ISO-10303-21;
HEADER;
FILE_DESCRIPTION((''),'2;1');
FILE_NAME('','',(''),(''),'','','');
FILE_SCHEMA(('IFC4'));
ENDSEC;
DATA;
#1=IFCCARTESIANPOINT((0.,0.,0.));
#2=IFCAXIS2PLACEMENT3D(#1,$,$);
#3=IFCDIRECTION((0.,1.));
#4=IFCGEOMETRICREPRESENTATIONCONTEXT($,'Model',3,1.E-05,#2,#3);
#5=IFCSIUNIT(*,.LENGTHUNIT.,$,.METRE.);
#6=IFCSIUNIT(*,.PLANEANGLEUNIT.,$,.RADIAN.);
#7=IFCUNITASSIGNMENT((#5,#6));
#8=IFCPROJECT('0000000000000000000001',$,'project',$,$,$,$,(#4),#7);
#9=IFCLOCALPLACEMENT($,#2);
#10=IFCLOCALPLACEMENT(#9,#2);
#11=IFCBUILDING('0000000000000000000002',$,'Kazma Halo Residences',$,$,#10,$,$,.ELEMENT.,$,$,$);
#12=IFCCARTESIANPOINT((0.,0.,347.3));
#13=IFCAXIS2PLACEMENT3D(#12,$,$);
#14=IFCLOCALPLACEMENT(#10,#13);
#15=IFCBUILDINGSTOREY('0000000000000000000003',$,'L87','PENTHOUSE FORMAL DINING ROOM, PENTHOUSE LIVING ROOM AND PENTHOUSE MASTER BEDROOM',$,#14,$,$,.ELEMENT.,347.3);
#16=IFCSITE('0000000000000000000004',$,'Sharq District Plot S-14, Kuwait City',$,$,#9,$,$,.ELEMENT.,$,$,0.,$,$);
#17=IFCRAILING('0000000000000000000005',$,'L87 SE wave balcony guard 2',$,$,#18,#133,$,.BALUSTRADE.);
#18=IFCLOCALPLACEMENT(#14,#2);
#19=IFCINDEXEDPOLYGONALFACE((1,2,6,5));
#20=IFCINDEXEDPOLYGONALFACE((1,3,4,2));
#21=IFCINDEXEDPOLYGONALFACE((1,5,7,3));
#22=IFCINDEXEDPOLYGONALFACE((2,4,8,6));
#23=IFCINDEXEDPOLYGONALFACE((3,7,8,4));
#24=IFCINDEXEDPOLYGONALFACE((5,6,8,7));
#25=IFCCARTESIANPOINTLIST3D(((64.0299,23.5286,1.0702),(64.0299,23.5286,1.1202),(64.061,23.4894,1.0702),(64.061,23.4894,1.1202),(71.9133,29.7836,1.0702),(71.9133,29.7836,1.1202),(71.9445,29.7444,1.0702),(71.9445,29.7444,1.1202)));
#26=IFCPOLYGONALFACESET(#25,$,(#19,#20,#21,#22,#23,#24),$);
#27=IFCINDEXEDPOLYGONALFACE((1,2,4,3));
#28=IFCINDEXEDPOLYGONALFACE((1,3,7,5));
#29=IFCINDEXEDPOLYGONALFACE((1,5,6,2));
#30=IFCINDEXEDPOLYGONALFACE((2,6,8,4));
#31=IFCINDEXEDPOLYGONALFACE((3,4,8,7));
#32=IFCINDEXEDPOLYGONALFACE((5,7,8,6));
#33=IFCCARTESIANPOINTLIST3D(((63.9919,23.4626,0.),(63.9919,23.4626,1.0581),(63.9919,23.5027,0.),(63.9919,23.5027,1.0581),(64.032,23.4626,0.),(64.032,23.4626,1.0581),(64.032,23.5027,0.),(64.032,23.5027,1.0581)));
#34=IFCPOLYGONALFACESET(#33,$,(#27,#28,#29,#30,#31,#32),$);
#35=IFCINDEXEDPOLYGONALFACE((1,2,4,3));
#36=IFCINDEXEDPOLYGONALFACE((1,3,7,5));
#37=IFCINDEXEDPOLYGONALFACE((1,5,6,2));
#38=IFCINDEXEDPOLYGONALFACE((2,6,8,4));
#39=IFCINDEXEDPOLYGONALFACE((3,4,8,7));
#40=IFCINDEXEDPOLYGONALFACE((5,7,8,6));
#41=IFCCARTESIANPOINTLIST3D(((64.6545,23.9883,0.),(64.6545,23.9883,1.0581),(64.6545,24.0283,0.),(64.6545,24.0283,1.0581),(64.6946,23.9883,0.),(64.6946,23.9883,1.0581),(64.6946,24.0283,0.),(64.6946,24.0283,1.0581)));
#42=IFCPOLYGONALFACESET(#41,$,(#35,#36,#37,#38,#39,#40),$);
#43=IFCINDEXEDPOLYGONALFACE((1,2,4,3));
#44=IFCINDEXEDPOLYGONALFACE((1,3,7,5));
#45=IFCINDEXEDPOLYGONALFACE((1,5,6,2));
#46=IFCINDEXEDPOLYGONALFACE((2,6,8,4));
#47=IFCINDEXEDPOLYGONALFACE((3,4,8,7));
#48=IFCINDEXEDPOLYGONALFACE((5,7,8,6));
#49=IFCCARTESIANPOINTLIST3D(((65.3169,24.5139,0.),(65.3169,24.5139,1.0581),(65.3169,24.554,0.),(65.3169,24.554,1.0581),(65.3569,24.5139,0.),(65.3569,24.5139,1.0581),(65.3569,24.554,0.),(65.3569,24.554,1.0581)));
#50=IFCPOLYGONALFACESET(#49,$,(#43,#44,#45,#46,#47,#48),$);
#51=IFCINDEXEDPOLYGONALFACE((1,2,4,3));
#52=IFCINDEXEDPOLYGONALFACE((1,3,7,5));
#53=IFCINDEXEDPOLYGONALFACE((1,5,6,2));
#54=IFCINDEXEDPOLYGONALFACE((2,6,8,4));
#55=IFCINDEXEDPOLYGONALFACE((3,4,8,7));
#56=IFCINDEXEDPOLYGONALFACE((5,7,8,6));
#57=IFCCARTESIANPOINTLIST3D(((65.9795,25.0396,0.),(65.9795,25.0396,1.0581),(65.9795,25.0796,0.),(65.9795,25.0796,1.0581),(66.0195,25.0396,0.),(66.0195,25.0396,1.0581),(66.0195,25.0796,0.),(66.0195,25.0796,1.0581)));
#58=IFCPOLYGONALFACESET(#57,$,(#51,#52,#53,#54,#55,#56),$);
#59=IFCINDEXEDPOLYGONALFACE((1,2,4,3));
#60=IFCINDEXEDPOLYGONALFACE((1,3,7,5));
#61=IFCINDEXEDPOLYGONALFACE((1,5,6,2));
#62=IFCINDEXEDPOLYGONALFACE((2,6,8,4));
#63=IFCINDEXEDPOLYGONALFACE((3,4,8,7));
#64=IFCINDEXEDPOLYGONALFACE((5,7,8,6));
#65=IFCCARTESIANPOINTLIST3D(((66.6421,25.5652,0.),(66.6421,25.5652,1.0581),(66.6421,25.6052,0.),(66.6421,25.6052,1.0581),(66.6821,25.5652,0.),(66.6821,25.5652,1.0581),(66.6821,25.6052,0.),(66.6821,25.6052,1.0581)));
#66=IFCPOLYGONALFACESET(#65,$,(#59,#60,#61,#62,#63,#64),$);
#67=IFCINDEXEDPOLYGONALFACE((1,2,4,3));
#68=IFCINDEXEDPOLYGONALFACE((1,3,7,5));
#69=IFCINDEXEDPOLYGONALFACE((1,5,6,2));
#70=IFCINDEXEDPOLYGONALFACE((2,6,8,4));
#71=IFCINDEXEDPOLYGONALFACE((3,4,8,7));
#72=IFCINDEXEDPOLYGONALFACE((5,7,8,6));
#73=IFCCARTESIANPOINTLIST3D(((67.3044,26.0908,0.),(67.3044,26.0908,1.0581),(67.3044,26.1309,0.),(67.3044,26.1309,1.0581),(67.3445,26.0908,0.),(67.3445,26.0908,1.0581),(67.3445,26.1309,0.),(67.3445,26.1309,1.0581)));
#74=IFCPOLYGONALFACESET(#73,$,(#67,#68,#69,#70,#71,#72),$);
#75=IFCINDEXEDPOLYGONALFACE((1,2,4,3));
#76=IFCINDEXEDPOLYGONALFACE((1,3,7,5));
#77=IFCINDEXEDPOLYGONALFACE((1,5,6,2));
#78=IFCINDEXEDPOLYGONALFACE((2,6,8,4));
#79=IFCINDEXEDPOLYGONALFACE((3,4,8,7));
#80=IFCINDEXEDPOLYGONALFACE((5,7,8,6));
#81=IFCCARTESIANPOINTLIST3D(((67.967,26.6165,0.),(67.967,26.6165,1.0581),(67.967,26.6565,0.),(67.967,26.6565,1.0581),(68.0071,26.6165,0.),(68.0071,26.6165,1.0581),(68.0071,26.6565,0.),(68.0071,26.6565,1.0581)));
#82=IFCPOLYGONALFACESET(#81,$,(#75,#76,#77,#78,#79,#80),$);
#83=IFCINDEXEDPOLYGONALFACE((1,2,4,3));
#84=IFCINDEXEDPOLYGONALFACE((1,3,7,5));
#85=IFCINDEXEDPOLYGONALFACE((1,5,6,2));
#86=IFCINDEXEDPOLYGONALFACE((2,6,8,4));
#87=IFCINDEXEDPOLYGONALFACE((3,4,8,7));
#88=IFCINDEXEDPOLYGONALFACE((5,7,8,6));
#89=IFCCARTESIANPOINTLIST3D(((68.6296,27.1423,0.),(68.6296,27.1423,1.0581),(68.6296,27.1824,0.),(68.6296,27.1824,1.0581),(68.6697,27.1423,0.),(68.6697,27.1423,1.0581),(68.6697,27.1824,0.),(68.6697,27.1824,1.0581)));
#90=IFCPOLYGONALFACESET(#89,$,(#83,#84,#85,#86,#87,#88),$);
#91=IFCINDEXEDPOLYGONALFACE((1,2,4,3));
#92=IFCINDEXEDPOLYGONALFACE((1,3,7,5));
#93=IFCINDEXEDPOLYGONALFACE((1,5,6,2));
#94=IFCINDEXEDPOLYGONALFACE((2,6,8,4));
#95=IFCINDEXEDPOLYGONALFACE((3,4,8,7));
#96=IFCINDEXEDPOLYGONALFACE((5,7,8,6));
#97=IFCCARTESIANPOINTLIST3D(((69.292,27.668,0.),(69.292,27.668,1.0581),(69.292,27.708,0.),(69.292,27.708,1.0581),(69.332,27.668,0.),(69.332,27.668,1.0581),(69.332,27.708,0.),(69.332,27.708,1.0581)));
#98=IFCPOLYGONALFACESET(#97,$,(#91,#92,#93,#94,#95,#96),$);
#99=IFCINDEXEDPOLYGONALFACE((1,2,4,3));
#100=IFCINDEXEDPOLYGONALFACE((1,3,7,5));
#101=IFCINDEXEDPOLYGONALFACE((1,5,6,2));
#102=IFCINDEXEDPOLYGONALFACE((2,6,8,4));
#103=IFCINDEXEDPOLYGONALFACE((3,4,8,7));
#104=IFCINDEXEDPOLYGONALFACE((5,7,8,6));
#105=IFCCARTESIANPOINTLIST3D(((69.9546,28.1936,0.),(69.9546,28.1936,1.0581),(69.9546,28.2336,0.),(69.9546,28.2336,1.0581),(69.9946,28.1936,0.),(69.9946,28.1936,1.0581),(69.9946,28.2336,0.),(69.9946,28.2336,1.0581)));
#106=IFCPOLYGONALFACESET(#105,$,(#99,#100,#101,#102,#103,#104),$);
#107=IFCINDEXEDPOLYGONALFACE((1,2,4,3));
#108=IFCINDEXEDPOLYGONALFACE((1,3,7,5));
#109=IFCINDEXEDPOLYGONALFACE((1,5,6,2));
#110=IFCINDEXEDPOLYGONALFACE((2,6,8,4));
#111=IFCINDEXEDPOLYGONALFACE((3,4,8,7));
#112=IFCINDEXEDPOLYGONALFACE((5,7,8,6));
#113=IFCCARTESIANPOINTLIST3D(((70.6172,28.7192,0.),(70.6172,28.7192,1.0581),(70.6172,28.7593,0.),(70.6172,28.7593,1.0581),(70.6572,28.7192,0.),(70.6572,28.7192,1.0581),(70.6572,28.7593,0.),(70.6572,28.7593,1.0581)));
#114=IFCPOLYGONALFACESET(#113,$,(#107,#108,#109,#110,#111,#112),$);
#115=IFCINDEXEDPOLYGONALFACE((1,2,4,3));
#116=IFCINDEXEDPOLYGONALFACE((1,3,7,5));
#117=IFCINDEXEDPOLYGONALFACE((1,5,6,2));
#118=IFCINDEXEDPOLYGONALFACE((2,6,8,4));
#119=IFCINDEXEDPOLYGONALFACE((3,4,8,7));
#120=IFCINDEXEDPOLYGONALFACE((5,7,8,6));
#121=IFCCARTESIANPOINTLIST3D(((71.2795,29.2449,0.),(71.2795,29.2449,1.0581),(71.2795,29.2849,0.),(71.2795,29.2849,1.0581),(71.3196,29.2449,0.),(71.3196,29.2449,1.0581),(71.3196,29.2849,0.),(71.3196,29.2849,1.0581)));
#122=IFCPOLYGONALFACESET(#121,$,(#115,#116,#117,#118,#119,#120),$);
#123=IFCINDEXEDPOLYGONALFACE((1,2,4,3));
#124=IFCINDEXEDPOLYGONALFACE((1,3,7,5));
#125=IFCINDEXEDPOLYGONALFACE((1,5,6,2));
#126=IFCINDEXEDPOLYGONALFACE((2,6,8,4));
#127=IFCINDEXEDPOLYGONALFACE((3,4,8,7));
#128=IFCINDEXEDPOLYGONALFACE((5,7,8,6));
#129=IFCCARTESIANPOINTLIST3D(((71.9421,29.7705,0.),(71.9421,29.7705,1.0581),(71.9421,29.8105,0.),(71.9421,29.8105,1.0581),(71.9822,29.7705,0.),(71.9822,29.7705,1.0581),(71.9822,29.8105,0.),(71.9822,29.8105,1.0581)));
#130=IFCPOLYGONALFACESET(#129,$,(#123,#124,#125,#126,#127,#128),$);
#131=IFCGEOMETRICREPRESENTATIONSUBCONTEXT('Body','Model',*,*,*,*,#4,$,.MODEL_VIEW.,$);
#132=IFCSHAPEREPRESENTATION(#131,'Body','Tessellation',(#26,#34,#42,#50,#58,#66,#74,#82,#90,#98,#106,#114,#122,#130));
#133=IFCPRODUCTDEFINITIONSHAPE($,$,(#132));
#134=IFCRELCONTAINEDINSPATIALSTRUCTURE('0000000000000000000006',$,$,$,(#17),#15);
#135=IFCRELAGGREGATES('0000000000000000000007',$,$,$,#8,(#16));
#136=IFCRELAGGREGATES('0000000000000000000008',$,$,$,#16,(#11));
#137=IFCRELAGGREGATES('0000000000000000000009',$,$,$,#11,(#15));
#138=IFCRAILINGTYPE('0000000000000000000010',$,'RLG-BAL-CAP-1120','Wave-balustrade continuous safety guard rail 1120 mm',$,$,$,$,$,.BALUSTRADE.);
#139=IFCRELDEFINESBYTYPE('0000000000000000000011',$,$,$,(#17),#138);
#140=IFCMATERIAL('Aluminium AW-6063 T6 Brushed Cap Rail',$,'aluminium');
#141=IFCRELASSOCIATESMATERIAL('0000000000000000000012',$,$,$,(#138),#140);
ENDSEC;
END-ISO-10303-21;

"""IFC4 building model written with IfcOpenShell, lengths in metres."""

from ifc_helpers import new_model, si_unit, direction, frame, origin, origin_2d, place, context, subcontext, project, spatial, rectangle, extrude, material, type_object, element, save


model = new_model("IFC4")

# Units and contexts
model_context = context("Model", 3, precision=1e-05, world=origin(), true_north=direction((0.0, 1.0)))
body_context = subcontext(model_context, "Body", "Model", "MODEL_VIEW")
ifc_project = project(units=[si_unit("LENGTHUNIT", "METRE"), si_unit("PLANEANGLEUNIT", "RADIAN")], contexts=[model_context])

# Site, building, storey
site_placement = place(None, origin())
site = spatial("IfcSite", under=ifc_project, at=site_placement, Name="Sharq District Plot S-14, Kuwait City", CompositionType="ELEMENT", RefElevation=0.0)
building_placement = place(site_placement, origin())
building = spatial("IfcBuilding", under=site, at=building_placement, Name="Kazma Halo Residences", CompositionType="ELEMENT")
storey_placement = place(building_placement, frame((0.0, 0.0, 347.3)))
storey = spatial("IfcBuildingStorey", under=building, at=storey_placement, Name="L87", Description="PENTHOUSE FORMAL DINING ROOM, PENTHOUSE LIVING ROOM AND PENTHOUSE MASTER BEDROOM", CompositionType="ELEMENT", Elevation=347.3)

# Railing
ifc_material_1 = material(Name="Aluminium AW-6063 T6 Brushed Cap Rail", Category="aluminium")
railing_type = type_object("IfcRailingType", Name="RLG-BAL-CAP-1120", Description="Wave-balustrade continuous safety guard rail 1120 mm", PredefinedType="BALUSTRADE", material=ifc_material_1)
railing_1_placement = place(storey_placement, frame((64.012, 23.4827, 0.0)))
element("IfcRailing", 1, at=railing_1_placement, inside=storey, type_object=railing_type, Name="L87 SE wave balcony guard 2", PredefinedType="BALUSTRADE", context=body_context, shape_type="SweptSolid", body=[
    extrude(rectangle(XDim=0.05, YDim=0.05, at=origin_2d()), frame((0.0334, 0.0264, 1.0952), z_axis=(0.783376, 0.621548, 0.0), x_axis=(-0.621548, 0.783376, 0.0)), (0.0, 0.0, 1.0), 10.0635),
    extrude(rectangle(XDim=0.04, YDim=0.04, at=origin_2d()), origin(), (0.0, 0.0, 1.0), 1.0581),
    extrude(rectangle(XDim=0.04, YDim=0.04, at=origin_2d()), frame((0.6626, 0.5256, 0.0)), (0.0, 0.0, 1.0), 1.0581),
    extrude(rectangle(XDim=0.04, YDim=0.04, at=origin_2d()), frame((1.325, 1.0513, 0.0)), (0.0, 0.0, 1.0), 1.0581),
    extrude(rectangle(XDim=0.04, YDim=0.04, at=origin_2d()), frame((1.9875, 1.5769, 0.0)), (0.0, 0.0, 1.0), 1.0581),
    extrude(rectangle(XDim=0.04, YDim=0.04, at=origin_2d()), frame((2.6501, 2.1025, 0.0)), (0.0, 0.0, 1.0), 1.0581),
    extrude(rectangle(XDim=0.04, YDim=0.04, at=origin_2d()), frame((3.3125, 2.6282, 0.0)), (0.0, 0.0, 1.0), 1.0581),
    extrude(rectangle(XDim=0.04, YDim=0.04, at=origin_2d()), frame((3.9751, 3.1538, 0.0)), (0.0, 0.0, 1.0), 1.0581),
    extrude(rectangle(XDim=0.04, YDim=0.04, at=origin_2d()), frame((4.6377, 3.6797, 0.0)), (0.0, 0.0, 1.0), 1.0581),
    extrude(rectangle(XDim=0.04, YDim=0.04, at=origin_2d()), frame((5.3, 4.2053, 0.0)), (0.0, 0.0, 1.0), 1.0581),
    extrude(rectangle(XDim=0.04, YDim=0.04, at=origin_2d()), frame((5.9626, 4.731, 0.0)), (0.0, 0.0, 1.0), 1.0581),
    extrude(rectangle(XDim=0.04, YDim=0.04, at=origin_2d()), frame((6.6252, 5.2566, 0.0)), (0.0, 0.0, 1.0), 1.0581),
    extrude(rectangle(XDim=0.04, YDim=0.04, at=origin_2d()), frame((7.2876, 5.7822, 0.0)), (0.0, 0.0, 1.0), 1.0581),
    extrude(rectangle(XDim=0.04, YDim=0.04, at=origin_2d()), frame((7.9502, 6.3079, 0.0)), (0.0, 0.0, 1.0), 1.0581),
])

save(model, "model.ifc")
